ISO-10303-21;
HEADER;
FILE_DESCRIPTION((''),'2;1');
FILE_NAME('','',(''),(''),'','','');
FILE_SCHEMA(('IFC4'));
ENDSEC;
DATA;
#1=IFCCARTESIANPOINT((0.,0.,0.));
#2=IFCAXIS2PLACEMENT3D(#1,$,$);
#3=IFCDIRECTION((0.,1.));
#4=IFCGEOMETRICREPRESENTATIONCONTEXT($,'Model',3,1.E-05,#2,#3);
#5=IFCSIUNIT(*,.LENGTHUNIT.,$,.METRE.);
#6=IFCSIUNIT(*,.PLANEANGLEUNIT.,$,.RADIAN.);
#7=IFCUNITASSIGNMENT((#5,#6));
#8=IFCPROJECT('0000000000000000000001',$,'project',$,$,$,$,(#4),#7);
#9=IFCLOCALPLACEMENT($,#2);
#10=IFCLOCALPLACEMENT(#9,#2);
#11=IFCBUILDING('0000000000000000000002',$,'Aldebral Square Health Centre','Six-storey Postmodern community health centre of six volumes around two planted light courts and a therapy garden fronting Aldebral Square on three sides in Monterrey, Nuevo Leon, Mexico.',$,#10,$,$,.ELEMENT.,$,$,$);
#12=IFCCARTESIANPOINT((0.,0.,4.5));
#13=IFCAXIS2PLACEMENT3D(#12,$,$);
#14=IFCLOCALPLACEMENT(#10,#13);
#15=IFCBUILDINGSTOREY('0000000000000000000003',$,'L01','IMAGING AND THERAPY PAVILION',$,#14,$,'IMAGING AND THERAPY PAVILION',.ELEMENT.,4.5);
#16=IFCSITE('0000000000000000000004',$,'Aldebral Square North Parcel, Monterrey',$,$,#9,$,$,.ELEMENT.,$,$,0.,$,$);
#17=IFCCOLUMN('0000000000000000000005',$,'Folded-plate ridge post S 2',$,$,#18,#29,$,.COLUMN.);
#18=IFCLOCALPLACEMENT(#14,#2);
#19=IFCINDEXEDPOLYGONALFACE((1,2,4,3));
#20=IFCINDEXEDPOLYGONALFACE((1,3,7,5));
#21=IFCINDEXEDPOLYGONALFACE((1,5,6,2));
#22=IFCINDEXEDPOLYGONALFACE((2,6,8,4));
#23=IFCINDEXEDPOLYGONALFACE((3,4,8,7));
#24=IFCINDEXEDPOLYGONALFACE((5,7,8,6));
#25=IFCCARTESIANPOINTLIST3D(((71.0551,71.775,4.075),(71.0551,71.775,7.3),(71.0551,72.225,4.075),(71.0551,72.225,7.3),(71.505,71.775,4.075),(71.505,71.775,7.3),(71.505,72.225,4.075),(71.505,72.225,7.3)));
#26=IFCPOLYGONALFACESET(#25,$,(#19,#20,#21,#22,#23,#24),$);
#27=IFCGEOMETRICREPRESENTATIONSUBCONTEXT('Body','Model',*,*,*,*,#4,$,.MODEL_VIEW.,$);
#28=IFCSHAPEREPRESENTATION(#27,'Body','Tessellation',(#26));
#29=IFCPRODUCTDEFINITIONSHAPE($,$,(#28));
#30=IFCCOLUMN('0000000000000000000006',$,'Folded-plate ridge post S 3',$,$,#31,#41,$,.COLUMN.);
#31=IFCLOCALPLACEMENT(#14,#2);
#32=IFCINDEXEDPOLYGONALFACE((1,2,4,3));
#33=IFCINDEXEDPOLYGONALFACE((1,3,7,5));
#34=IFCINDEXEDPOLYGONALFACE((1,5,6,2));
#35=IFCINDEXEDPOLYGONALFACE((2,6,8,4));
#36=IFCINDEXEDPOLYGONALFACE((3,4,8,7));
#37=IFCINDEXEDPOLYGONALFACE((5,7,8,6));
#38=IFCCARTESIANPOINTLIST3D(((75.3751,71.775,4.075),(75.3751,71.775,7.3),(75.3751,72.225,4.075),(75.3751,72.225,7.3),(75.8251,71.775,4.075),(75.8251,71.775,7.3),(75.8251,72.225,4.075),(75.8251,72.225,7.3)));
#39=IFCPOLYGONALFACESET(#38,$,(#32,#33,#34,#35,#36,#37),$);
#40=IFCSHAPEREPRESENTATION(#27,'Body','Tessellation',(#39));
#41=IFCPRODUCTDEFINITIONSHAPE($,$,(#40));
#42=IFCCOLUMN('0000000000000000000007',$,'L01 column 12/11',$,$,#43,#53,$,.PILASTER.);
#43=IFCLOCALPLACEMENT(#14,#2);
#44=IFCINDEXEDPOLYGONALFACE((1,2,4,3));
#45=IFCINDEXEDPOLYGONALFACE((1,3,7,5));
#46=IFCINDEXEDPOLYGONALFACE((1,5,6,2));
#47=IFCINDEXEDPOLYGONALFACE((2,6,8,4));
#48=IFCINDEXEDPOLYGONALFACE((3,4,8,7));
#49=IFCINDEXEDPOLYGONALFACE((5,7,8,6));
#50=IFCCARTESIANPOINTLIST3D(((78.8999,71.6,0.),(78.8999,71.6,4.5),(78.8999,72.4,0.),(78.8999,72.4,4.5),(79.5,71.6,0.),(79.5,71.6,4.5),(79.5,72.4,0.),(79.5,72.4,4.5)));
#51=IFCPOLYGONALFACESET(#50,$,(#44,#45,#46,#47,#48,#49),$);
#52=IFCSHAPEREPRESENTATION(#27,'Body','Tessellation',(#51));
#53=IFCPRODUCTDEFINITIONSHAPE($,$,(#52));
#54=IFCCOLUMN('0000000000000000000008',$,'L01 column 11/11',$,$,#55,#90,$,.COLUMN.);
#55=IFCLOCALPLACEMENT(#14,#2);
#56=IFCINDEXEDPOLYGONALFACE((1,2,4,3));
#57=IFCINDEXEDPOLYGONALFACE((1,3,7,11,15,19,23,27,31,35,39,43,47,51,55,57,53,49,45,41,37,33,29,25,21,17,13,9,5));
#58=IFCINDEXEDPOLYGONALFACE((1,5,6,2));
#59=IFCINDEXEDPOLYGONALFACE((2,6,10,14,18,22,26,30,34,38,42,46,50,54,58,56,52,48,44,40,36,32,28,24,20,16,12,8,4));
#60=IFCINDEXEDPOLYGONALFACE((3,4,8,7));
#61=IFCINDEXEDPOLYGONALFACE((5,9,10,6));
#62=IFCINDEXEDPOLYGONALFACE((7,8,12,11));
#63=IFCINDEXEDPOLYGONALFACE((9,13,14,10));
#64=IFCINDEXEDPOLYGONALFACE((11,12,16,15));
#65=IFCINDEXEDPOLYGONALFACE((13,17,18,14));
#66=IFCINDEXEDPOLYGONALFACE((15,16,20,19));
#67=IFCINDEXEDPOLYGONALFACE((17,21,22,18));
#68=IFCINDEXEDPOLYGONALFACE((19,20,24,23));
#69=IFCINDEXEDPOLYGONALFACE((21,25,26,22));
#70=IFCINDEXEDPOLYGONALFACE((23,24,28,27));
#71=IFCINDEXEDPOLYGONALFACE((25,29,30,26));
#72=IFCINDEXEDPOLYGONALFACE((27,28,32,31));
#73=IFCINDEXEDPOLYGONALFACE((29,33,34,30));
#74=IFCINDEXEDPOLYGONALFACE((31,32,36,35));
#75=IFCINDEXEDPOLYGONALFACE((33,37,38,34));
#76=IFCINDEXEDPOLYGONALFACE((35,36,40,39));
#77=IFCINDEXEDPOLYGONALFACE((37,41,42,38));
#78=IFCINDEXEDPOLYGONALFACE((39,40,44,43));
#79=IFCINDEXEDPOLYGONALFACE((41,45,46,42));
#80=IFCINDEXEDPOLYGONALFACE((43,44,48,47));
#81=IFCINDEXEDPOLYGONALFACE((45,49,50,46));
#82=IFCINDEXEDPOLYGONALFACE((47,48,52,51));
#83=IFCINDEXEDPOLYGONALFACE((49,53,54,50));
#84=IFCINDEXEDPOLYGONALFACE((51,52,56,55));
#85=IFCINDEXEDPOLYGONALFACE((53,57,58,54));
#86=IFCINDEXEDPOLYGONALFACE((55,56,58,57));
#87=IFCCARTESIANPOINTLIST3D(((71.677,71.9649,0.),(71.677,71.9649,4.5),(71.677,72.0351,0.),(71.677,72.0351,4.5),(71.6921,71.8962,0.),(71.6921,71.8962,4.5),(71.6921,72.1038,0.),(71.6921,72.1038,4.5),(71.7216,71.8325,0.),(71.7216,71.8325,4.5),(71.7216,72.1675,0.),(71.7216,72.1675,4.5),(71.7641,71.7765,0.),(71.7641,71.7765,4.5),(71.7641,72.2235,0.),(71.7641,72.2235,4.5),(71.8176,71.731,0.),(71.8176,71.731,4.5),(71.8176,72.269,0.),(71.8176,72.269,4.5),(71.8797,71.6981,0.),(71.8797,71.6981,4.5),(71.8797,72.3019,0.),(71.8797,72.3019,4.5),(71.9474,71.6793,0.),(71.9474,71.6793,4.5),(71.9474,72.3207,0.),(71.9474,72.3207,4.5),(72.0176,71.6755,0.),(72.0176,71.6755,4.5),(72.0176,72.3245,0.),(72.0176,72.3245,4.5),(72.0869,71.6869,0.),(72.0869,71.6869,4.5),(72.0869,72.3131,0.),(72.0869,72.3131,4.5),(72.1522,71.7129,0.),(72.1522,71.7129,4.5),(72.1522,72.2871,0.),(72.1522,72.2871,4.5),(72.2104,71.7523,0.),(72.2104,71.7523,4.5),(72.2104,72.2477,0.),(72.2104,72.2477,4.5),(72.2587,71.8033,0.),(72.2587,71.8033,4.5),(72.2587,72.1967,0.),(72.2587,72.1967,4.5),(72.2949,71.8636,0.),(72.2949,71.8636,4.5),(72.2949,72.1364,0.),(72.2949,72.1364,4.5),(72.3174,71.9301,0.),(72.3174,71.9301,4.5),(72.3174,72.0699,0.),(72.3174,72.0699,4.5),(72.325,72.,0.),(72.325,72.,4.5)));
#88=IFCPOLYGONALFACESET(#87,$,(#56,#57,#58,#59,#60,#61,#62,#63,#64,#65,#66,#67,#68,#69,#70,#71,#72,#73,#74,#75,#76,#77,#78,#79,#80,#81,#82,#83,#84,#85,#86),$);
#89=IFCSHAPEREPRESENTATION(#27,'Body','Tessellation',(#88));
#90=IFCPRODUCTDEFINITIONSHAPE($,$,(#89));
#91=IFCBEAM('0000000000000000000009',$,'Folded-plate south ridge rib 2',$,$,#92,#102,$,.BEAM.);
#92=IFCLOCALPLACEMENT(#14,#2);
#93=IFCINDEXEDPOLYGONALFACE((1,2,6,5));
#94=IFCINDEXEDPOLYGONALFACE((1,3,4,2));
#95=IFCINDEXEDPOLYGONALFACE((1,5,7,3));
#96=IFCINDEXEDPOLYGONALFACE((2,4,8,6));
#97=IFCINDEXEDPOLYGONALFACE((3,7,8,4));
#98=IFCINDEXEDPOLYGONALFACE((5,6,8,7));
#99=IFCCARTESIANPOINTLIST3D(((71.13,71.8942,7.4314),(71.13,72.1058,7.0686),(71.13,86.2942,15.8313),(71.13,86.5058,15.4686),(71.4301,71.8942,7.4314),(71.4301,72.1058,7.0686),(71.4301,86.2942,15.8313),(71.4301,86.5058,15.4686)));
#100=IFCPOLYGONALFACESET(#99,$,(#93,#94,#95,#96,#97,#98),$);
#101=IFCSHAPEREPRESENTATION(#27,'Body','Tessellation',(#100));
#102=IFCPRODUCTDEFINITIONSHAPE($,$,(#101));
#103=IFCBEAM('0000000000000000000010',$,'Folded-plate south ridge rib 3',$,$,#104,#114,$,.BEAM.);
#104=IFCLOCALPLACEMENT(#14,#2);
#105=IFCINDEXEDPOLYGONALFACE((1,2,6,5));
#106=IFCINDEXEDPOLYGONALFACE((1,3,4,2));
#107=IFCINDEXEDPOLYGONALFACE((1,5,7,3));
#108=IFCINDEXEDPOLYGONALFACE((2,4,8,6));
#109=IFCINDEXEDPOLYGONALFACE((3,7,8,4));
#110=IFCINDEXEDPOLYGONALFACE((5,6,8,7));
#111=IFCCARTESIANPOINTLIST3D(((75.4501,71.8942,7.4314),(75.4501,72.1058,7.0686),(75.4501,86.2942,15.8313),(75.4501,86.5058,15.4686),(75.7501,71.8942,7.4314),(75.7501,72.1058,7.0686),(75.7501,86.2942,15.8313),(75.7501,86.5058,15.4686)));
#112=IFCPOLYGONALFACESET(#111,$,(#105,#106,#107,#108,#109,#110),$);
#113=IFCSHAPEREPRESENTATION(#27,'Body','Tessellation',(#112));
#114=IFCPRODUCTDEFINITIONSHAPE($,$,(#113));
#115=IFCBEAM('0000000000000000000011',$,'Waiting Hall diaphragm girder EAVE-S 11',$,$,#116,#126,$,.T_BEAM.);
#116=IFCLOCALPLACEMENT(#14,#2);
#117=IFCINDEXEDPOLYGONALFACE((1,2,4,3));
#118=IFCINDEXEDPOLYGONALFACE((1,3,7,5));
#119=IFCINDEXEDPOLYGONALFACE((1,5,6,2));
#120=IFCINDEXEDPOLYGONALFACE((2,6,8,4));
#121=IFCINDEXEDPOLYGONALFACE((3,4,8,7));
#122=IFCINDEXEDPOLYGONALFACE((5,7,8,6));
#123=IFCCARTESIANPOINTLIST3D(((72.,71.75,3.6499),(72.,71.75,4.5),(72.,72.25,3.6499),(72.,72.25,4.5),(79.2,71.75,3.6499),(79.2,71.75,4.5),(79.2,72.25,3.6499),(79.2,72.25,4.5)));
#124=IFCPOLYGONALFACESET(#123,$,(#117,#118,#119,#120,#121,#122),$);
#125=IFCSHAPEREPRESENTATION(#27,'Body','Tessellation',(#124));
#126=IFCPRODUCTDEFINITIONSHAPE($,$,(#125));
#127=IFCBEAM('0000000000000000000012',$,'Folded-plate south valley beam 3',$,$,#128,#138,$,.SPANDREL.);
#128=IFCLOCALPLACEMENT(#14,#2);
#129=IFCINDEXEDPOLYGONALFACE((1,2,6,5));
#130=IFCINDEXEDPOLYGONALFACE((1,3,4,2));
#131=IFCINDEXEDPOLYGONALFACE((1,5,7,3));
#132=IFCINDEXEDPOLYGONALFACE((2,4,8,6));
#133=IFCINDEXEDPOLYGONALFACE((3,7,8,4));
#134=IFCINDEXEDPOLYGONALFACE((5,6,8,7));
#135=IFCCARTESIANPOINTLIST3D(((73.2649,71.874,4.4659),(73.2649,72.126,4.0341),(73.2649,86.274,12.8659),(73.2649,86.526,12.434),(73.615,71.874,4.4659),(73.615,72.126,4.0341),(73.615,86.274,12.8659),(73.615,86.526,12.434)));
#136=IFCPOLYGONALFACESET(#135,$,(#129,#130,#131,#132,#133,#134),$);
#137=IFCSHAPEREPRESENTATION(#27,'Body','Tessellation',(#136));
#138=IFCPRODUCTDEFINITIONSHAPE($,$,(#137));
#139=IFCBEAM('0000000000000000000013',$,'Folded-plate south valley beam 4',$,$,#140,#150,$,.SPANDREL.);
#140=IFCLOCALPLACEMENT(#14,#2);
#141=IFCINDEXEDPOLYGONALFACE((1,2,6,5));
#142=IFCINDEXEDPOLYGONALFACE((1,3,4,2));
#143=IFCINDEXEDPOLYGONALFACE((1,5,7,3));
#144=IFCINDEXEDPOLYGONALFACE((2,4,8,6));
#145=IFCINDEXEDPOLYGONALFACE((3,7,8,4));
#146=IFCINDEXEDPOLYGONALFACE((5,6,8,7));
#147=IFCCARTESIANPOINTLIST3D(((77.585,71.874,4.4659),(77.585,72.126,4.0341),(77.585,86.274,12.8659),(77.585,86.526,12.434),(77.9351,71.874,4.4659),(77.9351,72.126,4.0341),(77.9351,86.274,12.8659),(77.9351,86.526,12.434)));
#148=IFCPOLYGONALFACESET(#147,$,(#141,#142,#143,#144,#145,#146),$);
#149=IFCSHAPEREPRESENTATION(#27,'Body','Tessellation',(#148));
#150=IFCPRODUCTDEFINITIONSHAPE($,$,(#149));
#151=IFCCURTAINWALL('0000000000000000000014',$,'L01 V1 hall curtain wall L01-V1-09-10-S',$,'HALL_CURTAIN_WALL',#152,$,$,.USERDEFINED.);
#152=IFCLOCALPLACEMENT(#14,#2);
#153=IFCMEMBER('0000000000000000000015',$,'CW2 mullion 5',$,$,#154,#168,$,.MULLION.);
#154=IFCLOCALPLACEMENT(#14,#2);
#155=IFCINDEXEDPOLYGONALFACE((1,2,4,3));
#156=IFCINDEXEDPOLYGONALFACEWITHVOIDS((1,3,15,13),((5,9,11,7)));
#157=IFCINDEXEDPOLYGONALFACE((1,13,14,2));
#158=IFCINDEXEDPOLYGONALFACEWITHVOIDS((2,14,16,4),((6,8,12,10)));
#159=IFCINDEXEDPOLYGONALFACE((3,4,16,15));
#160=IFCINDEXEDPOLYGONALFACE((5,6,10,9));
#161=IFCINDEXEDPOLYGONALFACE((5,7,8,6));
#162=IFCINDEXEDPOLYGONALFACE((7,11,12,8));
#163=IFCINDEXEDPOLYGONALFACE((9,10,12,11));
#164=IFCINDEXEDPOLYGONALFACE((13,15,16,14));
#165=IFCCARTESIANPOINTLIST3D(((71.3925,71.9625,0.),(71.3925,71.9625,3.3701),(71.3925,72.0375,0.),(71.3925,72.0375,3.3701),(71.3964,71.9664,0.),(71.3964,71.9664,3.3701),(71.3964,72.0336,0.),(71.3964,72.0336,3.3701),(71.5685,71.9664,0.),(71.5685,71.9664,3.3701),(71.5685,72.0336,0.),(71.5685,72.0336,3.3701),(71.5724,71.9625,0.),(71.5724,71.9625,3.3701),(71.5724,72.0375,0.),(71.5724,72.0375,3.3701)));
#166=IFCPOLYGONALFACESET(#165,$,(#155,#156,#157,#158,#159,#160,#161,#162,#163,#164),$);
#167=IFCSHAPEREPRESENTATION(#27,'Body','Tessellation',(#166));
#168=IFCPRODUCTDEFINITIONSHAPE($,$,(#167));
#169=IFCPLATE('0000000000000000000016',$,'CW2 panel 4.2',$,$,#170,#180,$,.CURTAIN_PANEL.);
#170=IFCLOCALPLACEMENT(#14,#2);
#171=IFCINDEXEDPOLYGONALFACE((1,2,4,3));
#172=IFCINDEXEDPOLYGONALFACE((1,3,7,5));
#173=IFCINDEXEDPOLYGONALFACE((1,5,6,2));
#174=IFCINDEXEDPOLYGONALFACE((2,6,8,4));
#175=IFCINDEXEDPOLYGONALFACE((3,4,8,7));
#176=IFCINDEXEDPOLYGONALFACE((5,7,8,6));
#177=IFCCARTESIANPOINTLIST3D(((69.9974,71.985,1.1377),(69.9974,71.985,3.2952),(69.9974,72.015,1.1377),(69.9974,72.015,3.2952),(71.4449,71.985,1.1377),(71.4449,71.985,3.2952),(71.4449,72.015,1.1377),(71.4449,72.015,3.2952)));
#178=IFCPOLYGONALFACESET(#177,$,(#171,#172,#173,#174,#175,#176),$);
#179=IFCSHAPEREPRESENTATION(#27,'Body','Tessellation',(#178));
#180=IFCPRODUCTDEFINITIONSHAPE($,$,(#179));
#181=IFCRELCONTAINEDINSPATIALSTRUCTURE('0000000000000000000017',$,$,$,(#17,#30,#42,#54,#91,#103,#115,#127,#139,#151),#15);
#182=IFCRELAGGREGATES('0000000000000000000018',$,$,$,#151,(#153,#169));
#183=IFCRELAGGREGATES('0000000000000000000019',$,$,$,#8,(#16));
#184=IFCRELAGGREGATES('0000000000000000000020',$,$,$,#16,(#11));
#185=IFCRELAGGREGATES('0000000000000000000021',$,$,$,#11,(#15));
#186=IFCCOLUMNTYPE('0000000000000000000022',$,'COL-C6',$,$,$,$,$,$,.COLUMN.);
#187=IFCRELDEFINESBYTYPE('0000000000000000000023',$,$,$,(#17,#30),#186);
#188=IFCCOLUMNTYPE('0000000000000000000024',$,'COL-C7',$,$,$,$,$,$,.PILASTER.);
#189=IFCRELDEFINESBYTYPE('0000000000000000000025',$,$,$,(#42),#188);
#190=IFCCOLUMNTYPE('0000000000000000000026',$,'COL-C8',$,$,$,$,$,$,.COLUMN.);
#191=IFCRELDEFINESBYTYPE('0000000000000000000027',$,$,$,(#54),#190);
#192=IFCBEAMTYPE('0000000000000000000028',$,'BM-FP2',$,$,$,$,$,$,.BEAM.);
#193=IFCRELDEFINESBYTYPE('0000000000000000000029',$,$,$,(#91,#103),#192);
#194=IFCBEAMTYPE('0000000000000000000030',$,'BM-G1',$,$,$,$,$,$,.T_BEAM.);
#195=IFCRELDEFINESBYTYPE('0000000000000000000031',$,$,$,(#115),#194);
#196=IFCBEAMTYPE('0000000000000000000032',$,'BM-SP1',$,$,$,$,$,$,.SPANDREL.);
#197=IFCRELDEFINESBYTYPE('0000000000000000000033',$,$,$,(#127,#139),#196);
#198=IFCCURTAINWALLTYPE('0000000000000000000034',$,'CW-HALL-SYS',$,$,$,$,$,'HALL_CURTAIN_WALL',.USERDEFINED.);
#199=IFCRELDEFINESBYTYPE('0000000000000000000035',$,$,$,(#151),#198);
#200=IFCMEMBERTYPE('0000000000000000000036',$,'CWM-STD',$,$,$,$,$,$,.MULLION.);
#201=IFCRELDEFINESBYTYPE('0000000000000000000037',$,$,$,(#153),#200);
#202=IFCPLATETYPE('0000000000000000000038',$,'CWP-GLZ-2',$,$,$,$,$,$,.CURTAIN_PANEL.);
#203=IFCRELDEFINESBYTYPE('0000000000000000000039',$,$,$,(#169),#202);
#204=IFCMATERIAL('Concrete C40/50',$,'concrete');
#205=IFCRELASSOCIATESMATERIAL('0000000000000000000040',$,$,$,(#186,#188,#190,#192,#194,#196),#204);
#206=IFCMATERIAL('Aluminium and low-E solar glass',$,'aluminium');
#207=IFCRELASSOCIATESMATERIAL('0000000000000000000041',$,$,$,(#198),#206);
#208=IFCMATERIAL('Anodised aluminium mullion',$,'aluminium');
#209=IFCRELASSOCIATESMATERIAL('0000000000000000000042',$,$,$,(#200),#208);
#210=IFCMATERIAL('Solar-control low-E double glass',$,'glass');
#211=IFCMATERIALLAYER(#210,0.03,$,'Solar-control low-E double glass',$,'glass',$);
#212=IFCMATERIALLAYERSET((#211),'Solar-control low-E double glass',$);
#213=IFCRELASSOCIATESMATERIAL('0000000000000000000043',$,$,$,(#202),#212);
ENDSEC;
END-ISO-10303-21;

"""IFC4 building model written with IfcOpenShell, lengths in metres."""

from ifc_helpers import new_model, si_unit, direction, frame, origin, origin_2d, place, context, subcontext, project, spatial, rectangle, hollow_rectangle, circle, extrude, material, layer, layer_set, material_profile, profile_set, type_object, element, aggregate, save


model = new_model("IFC4")

# Units and contexts
model_context = context("Model", 3, precision=1e-05, world=origin(), true_north=direction((0.0, 1.0)))
body_context = subcontext(model_context, "Body", "Model", "MODEL_VIEW")
ifc_project = project(units=[si_unit("LENGTHUNIT", "METRE"), si_unit("PLANEANGLEUNIT", "RADIAN")], contexts=[model_context])

# Site, building, storey
site_placement = place(None, origin())
site = spatial("IfcSite", under=ifc_project, at=site_placement, Name="Aldebral Square North Parcel, Monterrey", CompositionType="ELEMENT", RefElevation=0.0)
building_placement = place(site_placement, origin())
building = spatial("IfcBuilding", under=site, at=building_placement, Name="Aldebral Square Health Centre", Description="Six-storey Postmodern community health centre of six volumes around two planted light courts and a therapy garden fronting Aldebral Square on three sides in Monterrey, Nuevo Leon, Mexico.", CompositionType="ELEMENT")
storey_placement = place(building_placement, frame((0.0, 0.0, 4.5)))
storey = spatial("IfcBuildingStorey", under=building, at=storey_placement, Name="L01", Description="IMAGING AND THERAPY PAVILION", LongName="IMAGING AND THERAPY PAVILION", CompositionType="ELEMENT", Elevation=4.5)

# Columns
ifc_material_1 = material(Name="Concrete C40/50", Category="concrete")
ifc_material_profile_1 = material_profile(ifc_material_1, rectangle(XDim=0.45, YDim=0.45, at=origin_2d()), Name="RC 450x450")
ifc_profile_set_1 = profile_set([ifc_material_profile_1], Name="Concrete C40/50")
column_type_1 = type_object("IfcColumnType", Name="COL-C6", PredefinedType="COLUMN", material=ifc_profile_set_1)
for number, where, z_axis, x_axis, name in (
    (1, (71.28, 72.0, 4.075), (0.0, 0.0, 1.0), (1.0, 0.0, 0.0), "Folded-plate ridge post S 2"),
    (2, (75.6001, 72.0, 4.075), (0.0, 0.0, 1.0), (1.0, 0.0, 0.0), "Folded-plate ridge post S 3"),
):
    element("IfcColumn", number, at=place(storey_placement, frame(where, z_axis=z_axis, x_axis=x_axis)), inside=storey, type_object=column_type_1, Name=name, PredefinedType="COLUMN", context=body_context, shape_type="SweptSolid", body=[
        extrude(rectangle(XDim=0.45, YDim=0.45, at=origin_2d()), origin(), (0.0, 0.0, 1.0), 3.2251),
    ])
ifc_material_profile_2 = material_profile(ifc_material_1, rectangle(XDim=0.6001, YDim=0.8, at=origin_2d()), Name="RC 600x800")
ifc_profile_set_2 = profile_set([ifc_material_profile_2], Name="Concrete C40/50")
column_type_2 = type_object("IfcColumnType", Name="COL-C7", PredefinedType="PILASTER", material=ifc_profile_set_2)
column_1_placement = place(storey_placement, frame((79.2, 72.0, 0.0), z_axis=(0.0, 0.0, 1.0), x_axis=(1.0, 0.0, 0.0)))
element("IfcColumn", 3, at=column_1_placement, inside=storey, type_object=column_type_2, Name="L01 column 12/11", PredefinedType="PILASTER", context=body_context, shape_type="SweptSolid", body=[
    extrude(rectangle(XDim=0.6001, YDim=0.8, at=origin_2d()), origin(), (0.0, 0.0, 1.0), 4.5),
])
ifc_material_profile_3 = material_profile(ifc_material_1, circle(Radius=0.325, at=origin_2d()), Name="RC D650")
ifc_profile_set_3 = profile_set([ifc_material_profile_3], Name="Concrete C40/50")
column_type_3 = type_object("IfcColumnType", Name="COL-C8", PredefinedType="COLUMN", material=ifc_profile_set_3)
column_2_placement = place(storey_placement, frame((72.0, 72.0, 0.0), z_axis=(0.0, 0.0, 1.0), x_axis=(1.0, 0.0, 0.0)))
element("IfcColumn", 4, at=column_2_placement, inside=storey, type_object=column_type_3, Name="L01 column 11/11", PredefinedType="COLUMN", context=body_context, shape_type="SweptSolid", body=[
    extrude(circle(Radius=0.325, at=origin_2d()), origin(), (0.0, 0.0, 1.0), 4.5),
])

# Beams
ifc_material_profile_4 = material_profile(ifc_material_1, rectangle(XDim=0.3, YDim=0.4199, at=origin_2d()), Name="RC 300x420")
ifc_profile_set_4 = profile_set([ifc_material_profile_4], Name="Concrete C40/50")
beam_type_1 = type_object("IfcBeamType", Name="BM-FP2", PredefinedType="BEAM", material=ifc_profile_set_4)
for number, where, z_axis, x_axis, name in (
    (5, (71.28, 72.0, 7.25), (0.0, 0.86378, 0.503869), (-1.0, 0.0, 0.0), "Folded-plate south ridge rib 2"),
    (6, (75.6001, 72.0, 7.25), (0.0, 0.86378, 0.503869), (-1.0, 0.0, 0.0), "Folded-plate south ridge rib 3"),
):
    element("IfcBeam", number, at=place(storey_placement, frame(where, z_axis=z_axis, x_axis=x_axis)), inside=storey, type_object=beam_type_1, Name=name, PredefinedType="BEAM", context=body_context, shape_type="SweptSolid", body=[
        extrude(rectangle(XDim=0.3, YDim=0.4199, at=origin_2d()), origin(), (0.0, 0.0, 1.0), 16.6709),
    ])
ifc_material_profile_5 = material_profile(ifc_material_1, rectangle(XDim=0.5, YDim=0.8501, at=origin_2d()), Name="RC 500x850")
ifc_profile_set_5 = profile_set([ifc_material_profile_5], Name="Concrete C40/50")
beam_type_2 = type_object("IfcBeamType", Name="BM-G1", PredefinedType="T_BEAM", material=ifc_profile_set_5)
beam_placement = place(storey_placement, frame((72.0, 72.0, 4.075), z_axis=(1.0, 0.0, 0.0), x_axis=(0.0, 1.0, 0.0)))
element("IfcBeam", 7, at=beam_placement, inside=storey, type_object=beam_type_2, Name="Waiting Hall diaphragm girder EAVE-S 11", PredefinedType="T_BEAM", context=body_context, shape_type="SweptSolid", body=[
    extrude(rectangle(XDim=0.5, YDim=0.8501, at=origin_2d()), origin(), (0.0, 0.0, 1.0), 7.2),
])
ifc_material_profile_6 = material_profile(ifc_material_1, rectangle(XDim=0.3501, YDim=0.5, at=origin_2d()), Name="RC 350x500")
ifc_profile_set_6 = profile_set([ifc_material_profile_6], Name="Concrete C40/50")
beam_type_3 = type_object("IfcBeamType", Name="BM-SP1", PredefinedType="SPANDREL", material=ifc_profile_set_6)
for number, where, z_axis, x_axis, name in (
    (8, (73.4399, 72.0, 4.25), (0.0, 0.86378, 0.503869), (-1.0, 0.0, 0.0), "Folded-plate south valley beam 3"),
    (9, (77.76, 72.0, 4.25), (0.0, 0.86378, 0.503869), (-1.0, 0.0, 0.0), "Folded-plate south valley beam 4"),
):
    element("IfcBeam", number, at=place(storey_placement, frame(where, z_axis=z_axis, x_axis=x_axis)), inside=storey, type_object=beam_type_3, Name=name, PredefinedType="SPANDREL", context=body_context, shape_type="SweptSolid", body=[
        extrude(rectangle(XDim=0.3501, YDim=0.5, at=origin_2d()), origin(), (0.0, 0.0, 1.0), 16.6709),
    ])

# Curtain wall, member, plate
ifc_material_2 = material(Name="Aluminium and low-E solar glass", Category="aluminium")
curtain_wall_type = type_object("IfcCurtainWallType", Name="CW-HALL-SYS", ElementType="HALL_CURTAIN_WALL", PredefinedType="USERDEFINED", material=ifc_material_2)
curtain_wall_placement = place(storey_placement, origin())
curtain_wall = element("IfcCurtainWall", 10, at=curtain_wall_placement, inside=storey, type_object=curtain_wall_type, Name="L01 V1 hall curtain wall L01-V1-09-10-S", ObjectType="HALL_CURTAIN_WALL", PredefinedType="USERDEFINED")
ifc_material_3 = material(Name="Anodised aluminium mullion", Category="aluminium")
ifc_material_profile_7 = material_profile(ifc_material_3, hollow_rectangle(XDim=0.075, YDim=0.1799, WallThickness=0.0039, at=origin_2d()), Name="CWM 75x180x4")
ifc_profile_set_7 = profile_set([ifc_material_profile_7], Name="Anodised aluminium mullion")
member_type = type_object("IfcMemberType", Name="CWM-STD", PredefinedType="MULLION", material=ifc_profile_set_7)
member_placement = place(storey_placement, frame((71.4824, 72.0, 0.0), z_axis=(0.0, 0.0, 1.0), x_axis=(0.0, 1.0, 0.0)))
member = element("IfcMember", 11, at=member_placement, type_object=member_type, Name="CW2 mullion 5", PredefinedType="MULLION", context=body_context, shape_type="SweptSolid", body=[
    extrude(hollow_rectangle(XDim=0.075, YDim=0.1799, WallThickness=0.0039, at=origin_2d()), origin(), (0.0, 0.0, 1.0), 3.3701),
])
ifc_material_4 = material(Name="Solar-control low-E double glass", Category="glass")
ifc_layer_1 = layer(ifc_material_4, 0.03, Name="Solar-control low-E double glass", Category="glass")
ifc_layer_set_1 = layer_set([ifc_layer_1], Name="Solar-control low-E double glass")
plate_type = type_object("IfcPlateType", Name="CWP-GLZ-2", PredefinedType="CURTAIN_PANEL", material=ifc_layer_set_1)
plate_placement = place(storey_placement, frame((70.7212, 72.0, 1.1377), z_axis=(0.0, 0.0, 1.0), x_axis=(1.0, 0.0, 0.0)))
plate = element("IfcPlate", 12, at=plate_placement, type_object=plate_type, Name="CW2 panel 4.2", PredefinedType="CURTAIN_PANEL", context=body_context, shape_type="SweptSolid", body=[
    extrude(rectangle(XDim=1.4475, YDim=0.03, at=origin_2d()), origin(), (0.0, 0.0, 1.0), 2.1575),
])
aggregate(curtain_wall, [member, plate])

save(model, "model.ifc")
